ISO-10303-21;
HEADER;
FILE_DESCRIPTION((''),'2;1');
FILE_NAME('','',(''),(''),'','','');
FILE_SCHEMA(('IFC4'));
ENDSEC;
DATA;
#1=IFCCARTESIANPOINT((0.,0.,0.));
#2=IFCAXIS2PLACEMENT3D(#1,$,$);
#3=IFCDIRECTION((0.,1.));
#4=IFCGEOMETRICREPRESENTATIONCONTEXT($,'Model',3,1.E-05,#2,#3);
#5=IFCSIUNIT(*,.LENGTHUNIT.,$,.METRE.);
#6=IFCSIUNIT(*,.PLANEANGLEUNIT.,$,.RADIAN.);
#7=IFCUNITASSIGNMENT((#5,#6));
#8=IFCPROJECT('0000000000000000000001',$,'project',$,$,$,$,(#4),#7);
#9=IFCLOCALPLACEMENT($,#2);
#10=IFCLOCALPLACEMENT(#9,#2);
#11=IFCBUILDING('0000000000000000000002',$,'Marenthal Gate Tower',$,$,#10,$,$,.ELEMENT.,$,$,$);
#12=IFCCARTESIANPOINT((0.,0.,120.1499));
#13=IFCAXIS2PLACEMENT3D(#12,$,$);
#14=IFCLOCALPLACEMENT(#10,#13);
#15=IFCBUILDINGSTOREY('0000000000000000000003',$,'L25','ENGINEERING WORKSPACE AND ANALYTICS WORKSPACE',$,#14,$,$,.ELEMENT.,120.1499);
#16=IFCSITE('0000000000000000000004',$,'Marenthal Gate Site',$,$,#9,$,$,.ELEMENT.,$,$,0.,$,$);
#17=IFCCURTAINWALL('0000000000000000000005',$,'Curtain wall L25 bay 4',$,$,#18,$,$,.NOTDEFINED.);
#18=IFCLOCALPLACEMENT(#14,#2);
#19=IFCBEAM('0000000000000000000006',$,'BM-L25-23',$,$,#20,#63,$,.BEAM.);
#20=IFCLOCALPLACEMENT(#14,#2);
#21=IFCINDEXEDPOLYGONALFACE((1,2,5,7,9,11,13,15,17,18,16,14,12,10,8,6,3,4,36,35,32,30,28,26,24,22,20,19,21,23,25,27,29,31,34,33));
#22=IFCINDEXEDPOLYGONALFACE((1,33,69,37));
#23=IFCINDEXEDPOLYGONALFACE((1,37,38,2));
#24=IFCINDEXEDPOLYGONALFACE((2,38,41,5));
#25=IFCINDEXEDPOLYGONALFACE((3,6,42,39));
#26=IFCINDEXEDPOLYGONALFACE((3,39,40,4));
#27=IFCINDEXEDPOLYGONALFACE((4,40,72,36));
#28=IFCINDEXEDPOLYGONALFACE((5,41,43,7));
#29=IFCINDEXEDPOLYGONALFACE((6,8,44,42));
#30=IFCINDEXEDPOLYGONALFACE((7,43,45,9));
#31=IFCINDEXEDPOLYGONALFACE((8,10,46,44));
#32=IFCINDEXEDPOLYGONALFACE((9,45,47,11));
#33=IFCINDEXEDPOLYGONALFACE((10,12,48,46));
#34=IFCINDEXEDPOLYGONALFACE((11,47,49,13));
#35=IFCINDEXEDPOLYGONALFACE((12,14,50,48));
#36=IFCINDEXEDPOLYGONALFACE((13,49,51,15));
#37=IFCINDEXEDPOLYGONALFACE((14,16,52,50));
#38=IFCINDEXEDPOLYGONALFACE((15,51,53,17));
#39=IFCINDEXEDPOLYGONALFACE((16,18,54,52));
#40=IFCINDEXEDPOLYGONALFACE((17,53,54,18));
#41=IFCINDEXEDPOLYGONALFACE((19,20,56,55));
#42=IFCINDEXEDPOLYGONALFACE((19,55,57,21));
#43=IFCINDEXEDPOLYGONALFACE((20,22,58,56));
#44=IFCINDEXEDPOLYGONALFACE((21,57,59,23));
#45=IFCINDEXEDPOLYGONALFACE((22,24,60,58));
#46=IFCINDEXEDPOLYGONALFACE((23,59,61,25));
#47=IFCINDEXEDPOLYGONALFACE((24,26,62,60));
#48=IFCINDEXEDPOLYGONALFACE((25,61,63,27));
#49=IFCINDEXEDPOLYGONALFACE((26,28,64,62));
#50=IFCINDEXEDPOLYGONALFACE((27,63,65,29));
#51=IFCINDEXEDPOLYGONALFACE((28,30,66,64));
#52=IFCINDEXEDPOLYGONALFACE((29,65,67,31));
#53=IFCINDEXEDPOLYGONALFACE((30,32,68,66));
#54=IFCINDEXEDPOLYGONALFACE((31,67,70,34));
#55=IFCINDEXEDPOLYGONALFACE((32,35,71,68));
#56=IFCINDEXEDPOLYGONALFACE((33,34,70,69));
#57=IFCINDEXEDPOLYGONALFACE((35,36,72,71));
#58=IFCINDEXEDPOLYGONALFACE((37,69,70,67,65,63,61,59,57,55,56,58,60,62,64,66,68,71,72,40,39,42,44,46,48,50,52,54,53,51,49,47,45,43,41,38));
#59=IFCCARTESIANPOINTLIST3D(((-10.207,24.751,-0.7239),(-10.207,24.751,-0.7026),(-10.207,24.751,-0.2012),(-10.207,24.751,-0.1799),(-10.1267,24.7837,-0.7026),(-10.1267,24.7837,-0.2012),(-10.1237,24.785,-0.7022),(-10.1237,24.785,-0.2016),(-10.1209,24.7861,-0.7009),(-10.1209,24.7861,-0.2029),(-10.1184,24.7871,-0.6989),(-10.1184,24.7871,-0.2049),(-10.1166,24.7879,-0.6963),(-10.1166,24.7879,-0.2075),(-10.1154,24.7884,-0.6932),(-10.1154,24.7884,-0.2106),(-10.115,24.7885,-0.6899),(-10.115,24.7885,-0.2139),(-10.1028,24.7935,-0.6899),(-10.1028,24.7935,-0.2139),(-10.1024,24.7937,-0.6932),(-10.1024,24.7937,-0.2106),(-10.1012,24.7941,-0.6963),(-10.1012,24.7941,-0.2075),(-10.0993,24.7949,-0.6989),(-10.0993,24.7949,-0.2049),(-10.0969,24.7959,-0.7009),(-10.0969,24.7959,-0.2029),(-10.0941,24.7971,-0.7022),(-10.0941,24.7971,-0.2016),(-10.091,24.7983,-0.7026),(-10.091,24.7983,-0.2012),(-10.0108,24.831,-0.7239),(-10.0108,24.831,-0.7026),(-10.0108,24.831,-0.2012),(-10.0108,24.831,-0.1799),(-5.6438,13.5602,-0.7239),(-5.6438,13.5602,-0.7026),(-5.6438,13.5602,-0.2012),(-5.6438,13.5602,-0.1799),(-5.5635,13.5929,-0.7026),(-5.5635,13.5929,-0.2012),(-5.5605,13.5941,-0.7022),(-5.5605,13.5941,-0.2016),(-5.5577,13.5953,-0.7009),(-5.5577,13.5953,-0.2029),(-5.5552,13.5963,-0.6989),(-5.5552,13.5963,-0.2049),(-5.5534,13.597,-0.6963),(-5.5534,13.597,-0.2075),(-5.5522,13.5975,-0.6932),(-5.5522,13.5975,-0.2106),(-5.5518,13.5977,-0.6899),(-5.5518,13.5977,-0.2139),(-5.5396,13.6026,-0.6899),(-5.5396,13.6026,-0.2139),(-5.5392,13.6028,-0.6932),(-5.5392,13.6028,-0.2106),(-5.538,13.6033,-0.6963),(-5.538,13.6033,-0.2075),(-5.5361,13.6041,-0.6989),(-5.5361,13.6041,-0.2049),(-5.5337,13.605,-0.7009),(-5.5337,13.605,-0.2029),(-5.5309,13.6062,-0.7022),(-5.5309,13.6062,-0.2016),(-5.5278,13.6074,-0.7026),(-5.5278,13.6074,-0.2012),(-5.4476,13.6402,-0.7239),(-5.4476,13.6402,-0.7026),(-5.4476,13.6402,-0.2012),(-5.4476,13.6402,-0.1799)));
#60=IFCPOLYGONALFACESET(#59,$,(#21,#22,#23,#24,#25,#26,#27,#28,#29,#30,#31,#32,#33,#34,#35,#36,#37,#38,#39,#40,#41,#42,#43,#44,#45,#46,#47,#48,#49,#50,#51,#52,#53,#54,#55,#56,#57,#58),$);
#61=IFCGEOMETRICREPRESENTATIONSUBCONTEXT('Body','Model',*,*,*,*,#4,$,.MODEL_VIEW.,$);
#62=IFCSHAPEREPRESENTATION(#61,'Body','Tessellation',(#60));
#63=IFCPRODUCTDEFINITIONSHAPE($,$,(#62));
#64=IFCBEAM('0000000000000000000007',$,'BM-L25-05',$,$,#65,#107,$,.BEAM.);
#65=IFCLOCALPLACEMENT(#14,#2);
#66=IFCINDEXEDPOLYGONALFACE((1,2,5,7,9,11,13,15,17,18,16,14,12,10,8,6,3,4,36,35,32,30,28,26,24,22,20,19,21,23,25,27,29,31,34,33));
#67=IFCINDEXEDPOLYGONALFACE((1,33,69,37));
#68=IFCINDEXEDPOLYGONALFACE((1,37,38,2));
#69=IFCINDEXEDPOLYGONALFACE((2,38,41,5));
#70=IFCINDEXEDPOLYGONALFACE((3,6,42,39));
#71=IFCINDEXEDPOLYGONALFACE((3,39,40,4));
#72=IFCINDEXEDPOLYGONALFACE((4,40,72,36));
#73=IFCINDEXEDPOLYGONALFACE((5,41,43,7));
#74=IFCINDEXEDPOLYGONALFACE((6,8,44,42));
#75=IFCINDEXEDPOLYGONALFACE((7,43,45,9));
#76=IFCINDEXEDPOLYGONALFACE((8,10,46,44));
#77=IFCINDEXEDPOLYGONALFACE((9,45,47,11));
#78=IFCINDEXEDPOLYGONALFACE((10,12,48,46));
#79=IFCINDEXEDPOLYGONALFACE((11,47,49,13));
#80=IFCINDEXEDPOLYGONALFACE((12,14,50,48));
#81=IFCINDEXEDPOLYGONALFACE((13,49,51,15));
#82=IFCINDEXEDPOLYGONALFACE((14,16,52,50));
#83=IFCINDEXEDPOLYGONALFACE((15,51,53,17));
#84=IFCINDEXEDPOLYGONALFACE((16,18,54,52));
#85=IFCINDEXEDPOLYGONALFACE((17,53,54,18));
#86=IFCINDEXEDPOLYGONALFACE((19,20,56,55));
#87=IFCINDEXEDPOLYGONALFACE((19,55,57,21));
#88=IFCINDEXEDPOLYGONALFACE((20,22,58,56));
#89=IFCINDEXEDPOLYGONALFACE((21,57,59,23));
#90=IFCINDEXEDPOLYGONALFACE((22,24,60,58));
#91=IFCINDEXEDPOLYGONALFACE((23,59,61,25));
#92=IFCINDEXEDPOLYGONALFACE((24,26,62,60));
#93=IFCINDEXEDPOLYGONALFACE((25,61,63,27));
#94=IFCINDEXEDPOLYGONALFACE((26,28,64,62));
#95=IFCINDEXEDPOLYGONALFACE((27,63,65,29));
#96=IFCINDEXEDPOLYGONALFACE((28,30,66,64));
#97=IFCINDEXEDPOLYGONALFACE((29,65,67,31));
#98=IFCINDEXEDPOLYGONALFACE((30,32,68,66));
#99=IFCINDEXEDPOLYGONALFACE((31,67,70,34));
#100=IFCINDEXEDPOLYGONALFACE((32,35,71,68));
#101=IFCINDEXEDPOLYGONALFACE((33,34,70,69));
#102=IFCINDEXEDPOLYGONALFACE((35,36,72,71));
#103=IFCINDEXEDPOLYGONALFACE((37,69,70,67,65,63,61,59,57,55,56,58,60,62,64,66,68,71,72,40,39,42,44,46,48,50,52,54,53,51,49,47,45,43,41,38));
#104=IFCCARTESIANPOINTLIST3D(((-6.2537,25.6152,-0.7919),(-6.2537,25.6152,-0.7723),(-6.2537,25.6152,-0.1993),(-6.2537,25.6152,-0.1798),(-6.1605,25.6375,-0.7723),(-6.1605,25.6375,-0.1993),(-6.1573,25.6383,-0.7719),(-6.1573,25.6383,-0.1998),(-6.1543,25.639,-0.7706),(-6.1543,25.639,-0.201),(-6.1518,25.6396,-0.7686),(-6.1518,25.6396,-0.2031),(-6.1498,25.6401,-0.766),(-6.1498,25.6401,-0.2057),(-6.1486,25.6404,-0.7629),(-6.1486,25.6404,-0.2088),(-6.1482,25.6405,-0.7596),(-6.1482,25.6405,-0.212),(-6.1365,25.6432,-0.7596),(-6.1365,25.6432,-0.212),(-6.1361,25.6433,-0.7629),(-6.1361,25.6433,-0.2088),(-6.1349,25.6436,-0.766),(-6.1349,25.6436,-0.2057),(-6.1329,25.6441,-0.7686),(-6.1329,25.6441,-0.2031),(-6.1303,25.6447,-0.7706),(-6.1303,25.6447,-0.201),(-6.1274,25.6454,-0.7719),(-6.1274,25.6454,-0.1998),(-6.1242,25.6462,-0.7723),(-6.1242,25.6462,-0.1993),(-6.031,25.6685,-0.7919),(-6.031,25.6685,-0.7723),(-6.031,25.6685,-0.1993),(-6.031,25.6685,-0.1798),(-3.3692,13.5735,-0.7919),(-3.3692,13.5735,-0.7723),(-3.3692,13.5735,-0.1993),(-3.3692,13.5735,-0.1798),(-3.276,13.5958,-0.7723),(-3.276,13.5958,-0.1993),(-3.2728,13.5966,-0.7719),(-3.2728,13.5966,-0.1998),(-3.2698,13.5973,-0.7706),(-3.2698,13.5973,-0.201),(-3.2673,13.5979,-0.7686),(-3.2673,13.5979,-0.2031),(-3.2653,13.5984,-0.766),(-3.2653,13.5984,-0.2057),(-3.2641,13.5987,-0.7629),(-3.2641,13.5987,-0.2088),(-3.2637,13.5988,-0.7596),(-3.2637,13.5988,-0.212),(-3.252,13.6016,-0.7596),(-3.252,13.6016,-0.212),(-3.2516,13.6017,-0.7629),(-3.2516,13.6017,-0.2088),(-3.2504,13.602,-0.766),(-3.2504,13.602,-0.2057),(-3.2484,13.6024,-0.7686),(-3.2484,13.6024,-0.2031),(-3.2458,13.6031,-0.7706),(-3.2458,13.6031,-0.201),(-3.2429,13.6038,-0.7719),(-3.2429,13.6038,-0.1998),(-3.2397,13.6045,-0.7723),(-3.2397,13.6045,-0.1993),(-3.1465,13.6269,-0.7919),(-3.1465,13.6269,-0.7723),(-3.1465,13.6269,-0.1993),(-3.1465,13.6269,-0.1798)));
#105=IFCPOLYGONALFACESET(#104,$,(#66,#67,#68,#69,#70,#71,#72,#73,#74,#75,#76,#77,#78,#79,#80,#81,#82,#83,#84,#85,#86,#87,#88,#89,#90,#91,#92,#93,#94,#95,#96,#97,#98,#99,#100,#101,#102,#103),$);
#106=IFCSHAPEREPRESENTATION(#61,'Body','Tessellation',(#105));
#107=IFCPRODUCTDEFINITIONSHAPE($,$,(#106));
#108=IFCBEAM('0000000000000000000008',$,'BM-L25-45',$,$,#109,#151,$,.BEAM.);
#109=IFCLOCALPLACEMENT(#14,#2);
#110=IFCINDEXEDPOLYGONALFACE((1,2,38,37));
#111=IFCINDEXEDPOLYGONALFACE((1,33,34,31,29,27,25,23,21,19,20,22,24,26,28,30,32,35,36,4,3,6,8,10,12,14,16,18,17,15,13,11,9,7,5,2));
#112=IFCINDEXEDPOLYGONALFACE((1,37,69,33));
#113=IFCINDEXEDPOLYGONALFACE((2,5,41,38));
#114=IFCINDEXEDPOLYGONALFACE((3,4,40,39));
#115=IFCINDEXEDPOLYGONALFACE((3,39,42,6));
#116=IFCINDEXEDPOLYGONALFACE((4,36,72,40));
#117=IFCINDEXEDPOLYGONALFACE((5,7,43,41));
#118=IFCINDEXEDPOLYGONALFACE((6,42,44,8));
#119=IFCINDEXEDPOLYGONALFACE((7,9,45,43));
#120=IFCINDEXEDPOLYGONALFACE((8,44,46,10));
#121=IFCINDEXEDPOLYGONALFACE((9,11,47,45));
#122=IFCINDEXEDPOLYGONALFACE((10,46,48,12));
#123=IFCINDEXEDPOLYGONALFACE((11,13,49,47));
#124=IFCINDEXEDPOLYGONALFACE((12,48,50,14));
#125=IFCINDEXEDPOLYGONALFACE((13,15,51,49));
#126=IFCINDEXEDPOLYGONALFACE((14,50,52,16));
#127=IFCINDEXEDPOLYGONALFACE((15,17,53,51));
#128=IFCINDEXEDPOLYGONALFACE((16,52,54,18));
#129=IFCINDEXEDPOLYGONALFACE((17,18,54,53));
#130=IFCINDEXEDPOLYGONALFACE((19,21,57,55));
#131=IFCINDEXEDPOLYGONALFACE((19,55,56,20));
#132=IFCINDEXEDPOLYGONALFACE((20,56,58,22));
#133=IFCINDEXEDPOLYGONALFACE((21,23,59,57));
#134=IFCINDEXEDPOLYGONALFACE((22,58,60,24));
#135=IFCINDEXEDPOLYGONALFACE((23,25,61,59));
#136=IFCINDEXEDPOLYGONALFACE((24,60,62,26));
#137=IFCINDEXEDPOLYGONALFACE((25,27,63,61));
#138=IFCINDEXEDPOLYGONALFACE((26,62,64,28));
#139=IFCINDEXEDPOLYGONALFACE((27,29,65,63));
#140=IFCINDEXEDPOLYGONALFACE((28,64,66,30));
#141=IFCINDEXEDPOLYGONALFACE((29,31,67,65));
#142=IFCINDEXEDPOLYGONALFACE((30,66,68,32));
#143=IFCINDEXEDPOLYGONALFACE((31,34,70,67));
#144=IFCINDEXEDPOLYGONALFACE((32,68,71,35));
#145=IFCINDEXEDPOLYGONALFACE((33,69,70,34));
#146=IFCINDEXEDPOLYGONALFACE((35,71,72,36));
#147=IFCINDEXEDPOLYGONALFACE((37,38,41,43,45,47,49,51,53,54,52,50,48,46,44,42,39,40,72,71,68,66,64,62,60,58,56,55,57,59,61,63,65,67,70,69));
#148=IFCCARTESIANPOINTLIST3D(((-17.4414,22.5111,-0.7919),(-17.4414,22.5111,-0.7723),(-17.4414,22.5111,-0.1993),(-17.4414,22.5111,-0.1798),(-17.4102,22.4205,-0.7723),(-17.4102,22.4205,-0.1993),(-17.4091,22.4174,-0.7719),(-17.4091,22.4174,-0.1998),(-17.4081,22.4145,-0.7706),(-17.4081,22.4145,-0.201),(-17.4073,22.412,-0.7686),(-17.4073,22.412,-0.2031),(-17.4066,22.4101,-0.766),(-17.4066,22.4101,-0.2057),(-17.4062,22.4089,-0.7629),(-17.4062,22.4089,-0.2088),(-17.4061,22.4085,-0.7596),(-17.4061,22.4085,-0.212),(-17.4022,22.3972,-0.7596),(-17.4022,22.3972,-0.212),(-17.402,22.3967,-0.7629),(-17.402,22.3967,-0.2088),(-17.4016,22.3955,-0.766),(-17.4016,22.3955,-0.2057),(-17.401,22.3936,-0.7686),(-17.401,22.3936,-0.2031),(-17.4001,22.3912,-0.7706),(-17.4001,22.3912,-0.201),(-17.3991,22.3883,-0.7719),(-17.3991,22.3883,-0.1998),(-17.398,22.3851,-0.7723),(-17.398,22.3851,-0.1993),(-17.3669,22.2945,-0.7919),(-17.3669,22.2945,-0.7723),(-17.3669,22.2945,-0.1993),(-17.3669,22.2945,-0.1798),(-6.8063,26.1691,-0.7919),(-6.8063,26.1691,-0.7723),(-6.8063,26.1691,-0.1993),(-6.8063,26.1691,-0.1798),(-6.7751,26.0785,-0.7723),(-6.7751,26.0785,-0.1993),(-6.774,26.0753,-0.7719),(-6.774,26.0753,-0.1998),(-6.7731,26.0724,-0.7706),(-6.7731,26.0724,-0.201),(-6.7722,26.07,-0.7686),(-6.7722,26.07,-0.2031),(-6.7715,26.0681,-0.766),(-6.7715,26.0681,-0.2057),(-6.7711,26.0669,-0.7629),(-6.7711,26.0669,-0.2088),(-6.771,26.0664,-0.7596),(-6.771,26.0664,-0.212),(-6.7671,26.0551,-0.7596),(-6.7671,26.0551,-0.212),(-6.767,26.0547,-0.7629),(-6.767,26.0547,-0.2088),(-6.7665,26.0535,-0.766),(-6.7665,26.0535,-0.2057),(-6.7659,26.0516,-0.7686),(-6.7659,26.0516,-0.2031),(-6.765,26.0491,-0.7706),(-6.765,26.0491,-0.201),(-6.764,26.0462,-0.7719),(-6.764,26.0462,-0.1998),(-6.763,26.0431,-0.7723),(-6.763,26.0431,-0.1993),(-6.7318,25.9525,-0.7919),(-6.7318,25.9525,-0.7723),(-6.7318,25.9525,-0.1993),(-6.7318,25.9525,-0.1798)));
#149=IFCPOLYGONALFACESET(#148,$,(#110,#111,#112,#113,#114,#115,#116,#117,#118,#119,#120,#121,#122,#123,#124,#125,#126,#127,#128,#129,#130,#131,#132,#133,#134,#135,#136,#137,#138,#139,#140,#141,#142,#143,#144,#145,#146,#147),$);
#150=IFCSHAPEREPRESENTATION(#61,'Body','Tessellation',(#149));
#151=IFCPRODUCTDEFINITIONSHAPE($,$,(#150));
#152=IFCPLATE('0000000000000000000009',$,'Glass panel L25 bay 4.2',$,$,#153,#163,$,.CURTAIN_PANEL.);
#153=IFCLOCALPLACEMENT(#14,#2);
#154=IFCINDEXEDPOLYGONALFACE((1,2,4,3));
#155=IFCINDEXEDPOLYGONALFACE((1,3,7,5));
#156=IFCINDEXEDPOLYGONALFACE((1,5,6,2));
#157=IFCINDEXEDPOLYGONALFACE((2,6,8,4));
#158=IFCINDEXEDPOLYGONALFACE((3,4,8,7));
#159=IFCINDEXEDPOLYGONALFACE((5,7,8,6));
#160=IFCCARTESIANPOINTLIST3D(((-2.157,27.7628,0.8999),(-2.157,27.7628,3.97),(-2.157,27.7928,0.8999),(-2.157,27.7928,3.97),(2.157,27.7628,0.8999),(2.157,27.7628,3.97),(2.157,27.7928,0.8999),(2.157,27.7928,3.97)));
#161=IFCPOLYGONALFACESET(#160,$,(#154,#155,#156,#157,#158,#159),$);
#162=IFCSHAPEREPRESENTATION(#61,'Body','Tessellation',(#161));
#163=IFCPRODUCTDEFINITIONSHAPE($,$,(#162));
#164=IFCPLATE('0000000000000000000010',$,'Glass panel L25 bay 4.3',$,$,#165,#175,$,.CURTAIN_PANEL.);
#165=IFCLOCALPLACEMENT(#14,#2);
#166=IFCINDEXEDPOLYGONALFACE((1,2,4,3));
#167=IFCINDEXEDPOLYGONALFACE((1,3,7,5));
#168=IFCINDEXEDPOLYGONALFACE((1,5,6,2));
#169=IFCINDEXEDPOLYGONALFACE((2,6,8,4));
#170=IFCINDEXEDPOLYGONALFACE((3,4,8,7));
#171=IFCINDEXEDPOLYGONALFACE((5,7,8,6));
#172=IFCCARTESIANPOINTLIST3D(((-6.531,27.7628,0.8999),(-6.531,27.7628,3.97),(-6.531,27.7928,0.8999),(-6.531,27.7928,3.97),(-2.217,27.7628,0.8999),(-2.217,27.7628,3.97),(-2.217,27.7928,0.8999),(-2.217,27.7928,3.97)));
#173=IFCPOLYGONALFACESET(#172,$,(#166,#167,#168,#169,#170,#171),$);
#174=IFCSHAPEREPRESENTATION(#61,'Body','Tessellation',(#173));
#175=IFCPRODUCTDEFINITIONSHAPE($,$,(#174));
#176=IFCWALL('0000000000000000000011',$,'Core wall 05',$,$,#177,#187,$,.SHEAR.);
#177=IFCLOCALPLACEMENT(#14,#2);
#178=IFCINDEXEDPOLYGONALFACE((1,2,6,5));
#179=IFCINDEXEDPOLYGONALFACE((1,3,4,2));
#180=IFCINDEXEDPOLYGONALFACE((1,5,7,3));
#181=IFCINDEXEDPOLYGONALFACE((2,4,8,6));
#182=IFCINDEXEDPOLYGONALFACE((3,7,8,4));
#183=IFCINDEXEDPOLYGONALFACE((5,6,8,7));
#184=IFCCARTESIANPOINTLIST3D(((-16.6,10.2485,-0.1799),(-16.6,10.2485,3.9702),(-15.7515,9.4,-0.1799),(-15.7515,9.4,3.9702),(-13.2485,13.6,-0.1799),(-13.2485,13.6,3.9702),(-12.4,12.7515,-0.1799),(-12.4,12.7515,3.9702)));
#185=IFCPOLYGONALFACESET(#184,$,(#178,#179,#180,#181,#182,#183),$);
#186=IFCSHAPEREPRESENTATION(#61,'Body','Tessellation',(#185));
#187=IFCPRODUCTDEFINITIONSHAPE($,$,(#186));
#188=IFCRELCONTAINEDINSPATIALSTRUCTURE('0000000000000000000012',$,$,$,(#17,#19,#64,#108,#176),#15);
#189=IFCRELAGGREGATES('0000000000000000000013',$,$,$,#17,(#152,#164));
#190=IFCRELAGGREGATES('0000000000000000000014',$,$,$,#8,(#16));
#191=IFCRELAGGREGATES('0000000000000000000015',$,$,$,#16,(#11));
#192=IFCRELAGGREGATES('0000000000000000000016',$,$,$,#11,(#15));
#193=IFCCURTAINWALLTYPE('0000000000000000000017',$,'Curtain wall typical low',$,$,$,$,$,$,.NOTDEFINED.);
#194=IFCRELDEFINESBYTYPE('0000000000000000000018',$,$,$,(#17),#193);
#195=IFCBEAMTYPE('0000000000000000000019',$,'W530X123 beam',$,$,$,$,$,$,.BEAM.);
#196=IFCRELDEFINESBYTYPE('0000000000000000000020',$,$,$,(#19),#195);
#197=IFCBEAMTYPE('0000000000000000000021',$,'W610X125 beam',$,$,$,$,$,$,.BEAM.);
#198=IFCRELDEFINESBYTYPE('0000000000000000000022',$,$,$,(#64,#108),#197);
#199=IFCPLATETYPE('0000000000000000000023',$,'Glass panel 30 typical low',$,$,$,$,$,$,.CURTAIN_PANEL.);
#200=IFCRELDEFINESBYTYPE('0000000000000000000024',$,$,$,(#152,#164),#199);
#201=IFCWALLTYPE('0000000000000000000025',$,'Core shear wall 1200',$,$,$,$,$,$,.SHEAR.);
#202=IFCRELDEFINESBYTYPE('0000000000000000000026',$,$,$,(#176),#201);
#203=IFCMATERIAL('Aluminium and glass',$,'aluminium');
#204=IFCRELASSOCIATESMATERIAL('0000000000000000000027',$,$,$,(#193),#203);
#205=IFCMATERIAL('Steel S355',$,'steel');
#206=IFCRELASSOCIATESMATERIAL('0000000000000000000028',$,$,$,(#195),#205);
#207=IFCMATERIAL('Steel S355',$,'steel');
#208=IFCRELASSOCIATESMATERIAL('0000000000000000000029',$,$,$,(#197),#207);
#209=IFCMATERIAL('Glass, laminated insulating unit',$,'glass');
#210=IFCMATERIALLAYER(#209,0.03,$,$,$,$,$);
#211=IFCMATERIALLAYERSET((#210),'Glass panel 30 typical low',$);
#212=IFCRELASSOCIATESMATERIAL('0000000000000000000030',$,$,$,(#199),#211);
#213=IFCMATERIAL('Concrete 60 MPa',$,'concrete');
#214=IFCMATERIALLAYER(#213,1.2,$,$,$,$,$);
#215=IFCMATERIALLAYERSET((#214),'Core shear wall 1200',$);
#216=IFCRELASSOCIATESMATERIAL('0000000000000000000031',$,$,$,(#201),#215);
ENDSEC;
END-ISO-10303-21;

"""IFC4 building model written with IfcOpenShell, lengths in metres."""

from ifc_helpers import new_model, si_unit, direction, frame, frame_2d, origin, origin_2d, place, context, subcontext, project, spatial, rectangle, i_section, extrude, material, layer, layer_set, material_profile, profile_set, type_object, element, aggregate, save


model = new_model("IFC4")

# Units and contexts
model_context = context("Model", 3, precision=1e-05, world=origin(), true_north=direction((0.0, 1.0)))
body_context = subcontext(model_context, "Body", "Model", "MODEL_VIEW")
ifc_project = project(units=[si_unit("LENGTHUNIT", "METRE"), si_unit("PLANEANGLEUNIT", "RADIAN")], contexts=[model_context])

# Site, building, storey
site_placement = place(None, origin())
site = spatial("IfcSite", under=ifc_project, at=site_placement, Name="Marenthal Gate Site", CompositionType="ELEMENT", RefElevation=0.0)
building_placement = place(site_placement, origin())
building = spatial("IfcBuilding", under=site, at=building_placement, Name="Marenthal Gate Tower", CompositionType="ELEMENT")
storey_placement = place(building_placement, frame((0.0, 0.0, 120.1499)))
storey = spatial("IfcBuildingStorey", under=building, at=storey_placement, Name="L25", Description="ENGINEERING WORKSPACE AND ANALYTICS WORKSPACE", CompositionType="ELEMENT", Elevation=120.1499)

# Curtain wall
ifc_material_1 = material(Name="Aluminium and glass", Category="aluminium")
curtain_wall_type = type_object("IfcCurtainWallType", Name="Curtain wall typical low", PredefinedType="NOTDEFINED", material=ifc_material_1)
curtain_wall_placement = place(storey_placement, origin())
curtain_wall = element("IfcCurtainWall", 1, at=curtain_wall_placement, inside=storey, type_object=curtain_wall_type, Name="Curtain wall L25 bay 4", PredefinedType="NOTDEFINED")

# Beams
ifc_material_2 = material(Name="Steel S355", Category="steel")
ifc_material_profile_1 = material_profile(ifc_material_2, i_section(OverallWidth=0.2119, OverallDepth=0.5439, WebThickness=0.0132, FlangeThickness=0.0212, FilletRadius=0.0127, at=origin_2d()), Name="W530X123")
ifc_profile_set_1 = profile_set([ifc_material_profile_1], Name="Steel S355")
beam_type_1 = type_object("IfcBeamType", Name="W530X123 beam", PredefinedType="BEAM", material=ifc_profile_set_1)
beam_1_placement = place(storey_placement, frame((-10.1089, 24.791, -0.4519), z_axis=(0.377579, -0.925978, 0.0), x_axis=(0.925978, 0.377579, 0.0)))
element("IfcBeam", 2, at=beam_1_placement, inside=storey, type_object=beam_type_1, Name="BM-L25-23", PredefinedType="BEAM", context=body_context, shape_type="SweptSolid", body=[
    extrude(i_section(OverallWidth=0.2119, OverallDepth=0.5439, WebThickness=0.0132, FlangeThickness=0.0212, FilletRadius=0.0127, at=origin_2d()), origin(), (0.0, 0.0, 1.0), 12.0854),
])
ifc_material_3 = material(Name="Steel S355", Category="steel")
ifc_material_profile_2 = material_profile(ifc_material_3, i_section(OverallWidth=0.229, OverallDepth=0.6121, WebThickness=0.012, FlangeThickness=0.0195, FilletRadius=0.0127, at=origin_2d()), Name="W610X125")
ifc_profile_set_2 = profile_set([ifc_material_profile_2], Name="Steel S355")
beam_type_2 = type_object("IfcBeamType", Name="W610X125 beam", PredefinedType="BEAM", material=ifc_profile_set_2)
beam_2_placement = place(storey_placement, frame((-6.1423, 25.6418, -0.4858), z_axis=(0.232953, -0.972488, 0.0), x_axis=(0.972488, 0.232953, 0.0)))
element("IfcBeam", 3, at=beam_2_placement, inside=storey, type_object=beam_type_2, Name="BM-L25-05", PredefinedType="BEAM", context=body_context, shape_type="SweptSolid", body=[
    extrude(i_section(OverallWidth=0.229, OverallDepth=0.6121, WebThickness=0.012, FlangeThickness=0.0195, FilletRadius=0.0127, at=origin_2d()), origin(), (0.0, 0.0, 1.0), 12.3823),
])
beam_3_placement = place(storey_placement, frame((-6.769, 26.0608, -0.4858), z_axis=(-0.945627, -0.325253, 0.0), x_axis=(0.325253, -0.945627, 0.0)))
element("IfcBeam", 4, at=beam_3_placement, inside=storey, type_object=beam_type_2, Name="BM-L25-45", PredefinedType="BEAM", context=body_context, shape_type="SweptSolid", body=[
    extrude(i_section(OverallWidth=0.229, OverallDepth=0.6121, WebThickness=0.012, FlangeThickness=0.0195, FilletRadius=0.0127, at=origin_2d()), origin(), (0.0, 0.0, 1.0), 11.2466),
])

# Plates
ifc_material_4 = material(Name="Glass, laminated insulating unit", Category="glass")
ifc_layer_1 = layer(ifc_material_4, 0.03)
ifc_layer_set_1 = layer_set([ifc_layer_1], Name="Glass panel 30 typical low")
plate_type = type_object("IfcPlateType", Name="Glass panel 30 typical low", PredefinedType="CURTAIN_PANEL", material=ifc_layer_set_1)
plate_1_placement = place(storey_placement, frame((0.0, 27.7778, 0.8999), z_axis=(0.0, 0.0, 1.0), x_axis=(-1.0, 0.0, 0.0)))
plate_1 = element("IfcPlate", 5, at=plate_1_placement, type_object=plate_type, Name="Glass panel L25 bay 4.2", PredefinedType="CURTAIN_PANEL", context=body_context, shape_type="SweptSolid", body=[
    extrude(rectangle(XDim=4.314, YDim=0.03, at=origin_2d()), origin(), (0.0, 0.0, 1.0), 3.0701),
])
plate_2_placement = place(storey_placement, frame((-4.374, 27.7778, 0.8999), z_axis=(0.0, 0.0, 1.0), x_axis=(-1.0, 0.0, 0.0)))
plate_2 = element("IfcPlate", 6, at=plate_2_placement, type_object=plate_type, Name="Glass panel L25 bay 4.3", PredefinedType="CURTAIN_PANEL", context=body_context, shape_type="SweptSolid", body=[
    extrude(rectangle(XDim=4.314, YDim=0.03, at=origin_2d()), origin(), (0.0, 0.0, 1.0), 3.0701),
])
aggregate(curtain_wall, [plate_1, plate_2])

# Wall
ifc_material_5 = material(Name="Concrete 60 MPa", Category="concrete")
ifc_layer_2 = layer(ifc_material_5, 1.2)
ifc_layer_set_2 = layer_set([ifc_layer_2], Name="Core shear wall 1200")
wall_type_1 = type_object("IfcWallType", Name="Core shear wall 1200", PredefinedType="SHEAR", material=ifc_layer_set_2)
wall_1_placement = place(storey_placement, frame((-12.8242, 13.1758, -0.1799), z_axis=(0.0, 0.0, 1.0), x_axis=(-0.707107, -0.707107, 0.0)))
element("IfcWall", 7, at=wall_1_placement, inside=storey, type_object=wall_type_1, Name="Core wall 05", PredefinedType="SHEAR", context=body_context, shape_type="SweptSolid", body=[
    extrude(rectangle(XDim=4.7397, YDim=1.2, at=frame_2d((2.3699, 0.0))), origin(), (0.0, 0.0, 1.0), 4.1501),
])

save(model, "model.ifc")
